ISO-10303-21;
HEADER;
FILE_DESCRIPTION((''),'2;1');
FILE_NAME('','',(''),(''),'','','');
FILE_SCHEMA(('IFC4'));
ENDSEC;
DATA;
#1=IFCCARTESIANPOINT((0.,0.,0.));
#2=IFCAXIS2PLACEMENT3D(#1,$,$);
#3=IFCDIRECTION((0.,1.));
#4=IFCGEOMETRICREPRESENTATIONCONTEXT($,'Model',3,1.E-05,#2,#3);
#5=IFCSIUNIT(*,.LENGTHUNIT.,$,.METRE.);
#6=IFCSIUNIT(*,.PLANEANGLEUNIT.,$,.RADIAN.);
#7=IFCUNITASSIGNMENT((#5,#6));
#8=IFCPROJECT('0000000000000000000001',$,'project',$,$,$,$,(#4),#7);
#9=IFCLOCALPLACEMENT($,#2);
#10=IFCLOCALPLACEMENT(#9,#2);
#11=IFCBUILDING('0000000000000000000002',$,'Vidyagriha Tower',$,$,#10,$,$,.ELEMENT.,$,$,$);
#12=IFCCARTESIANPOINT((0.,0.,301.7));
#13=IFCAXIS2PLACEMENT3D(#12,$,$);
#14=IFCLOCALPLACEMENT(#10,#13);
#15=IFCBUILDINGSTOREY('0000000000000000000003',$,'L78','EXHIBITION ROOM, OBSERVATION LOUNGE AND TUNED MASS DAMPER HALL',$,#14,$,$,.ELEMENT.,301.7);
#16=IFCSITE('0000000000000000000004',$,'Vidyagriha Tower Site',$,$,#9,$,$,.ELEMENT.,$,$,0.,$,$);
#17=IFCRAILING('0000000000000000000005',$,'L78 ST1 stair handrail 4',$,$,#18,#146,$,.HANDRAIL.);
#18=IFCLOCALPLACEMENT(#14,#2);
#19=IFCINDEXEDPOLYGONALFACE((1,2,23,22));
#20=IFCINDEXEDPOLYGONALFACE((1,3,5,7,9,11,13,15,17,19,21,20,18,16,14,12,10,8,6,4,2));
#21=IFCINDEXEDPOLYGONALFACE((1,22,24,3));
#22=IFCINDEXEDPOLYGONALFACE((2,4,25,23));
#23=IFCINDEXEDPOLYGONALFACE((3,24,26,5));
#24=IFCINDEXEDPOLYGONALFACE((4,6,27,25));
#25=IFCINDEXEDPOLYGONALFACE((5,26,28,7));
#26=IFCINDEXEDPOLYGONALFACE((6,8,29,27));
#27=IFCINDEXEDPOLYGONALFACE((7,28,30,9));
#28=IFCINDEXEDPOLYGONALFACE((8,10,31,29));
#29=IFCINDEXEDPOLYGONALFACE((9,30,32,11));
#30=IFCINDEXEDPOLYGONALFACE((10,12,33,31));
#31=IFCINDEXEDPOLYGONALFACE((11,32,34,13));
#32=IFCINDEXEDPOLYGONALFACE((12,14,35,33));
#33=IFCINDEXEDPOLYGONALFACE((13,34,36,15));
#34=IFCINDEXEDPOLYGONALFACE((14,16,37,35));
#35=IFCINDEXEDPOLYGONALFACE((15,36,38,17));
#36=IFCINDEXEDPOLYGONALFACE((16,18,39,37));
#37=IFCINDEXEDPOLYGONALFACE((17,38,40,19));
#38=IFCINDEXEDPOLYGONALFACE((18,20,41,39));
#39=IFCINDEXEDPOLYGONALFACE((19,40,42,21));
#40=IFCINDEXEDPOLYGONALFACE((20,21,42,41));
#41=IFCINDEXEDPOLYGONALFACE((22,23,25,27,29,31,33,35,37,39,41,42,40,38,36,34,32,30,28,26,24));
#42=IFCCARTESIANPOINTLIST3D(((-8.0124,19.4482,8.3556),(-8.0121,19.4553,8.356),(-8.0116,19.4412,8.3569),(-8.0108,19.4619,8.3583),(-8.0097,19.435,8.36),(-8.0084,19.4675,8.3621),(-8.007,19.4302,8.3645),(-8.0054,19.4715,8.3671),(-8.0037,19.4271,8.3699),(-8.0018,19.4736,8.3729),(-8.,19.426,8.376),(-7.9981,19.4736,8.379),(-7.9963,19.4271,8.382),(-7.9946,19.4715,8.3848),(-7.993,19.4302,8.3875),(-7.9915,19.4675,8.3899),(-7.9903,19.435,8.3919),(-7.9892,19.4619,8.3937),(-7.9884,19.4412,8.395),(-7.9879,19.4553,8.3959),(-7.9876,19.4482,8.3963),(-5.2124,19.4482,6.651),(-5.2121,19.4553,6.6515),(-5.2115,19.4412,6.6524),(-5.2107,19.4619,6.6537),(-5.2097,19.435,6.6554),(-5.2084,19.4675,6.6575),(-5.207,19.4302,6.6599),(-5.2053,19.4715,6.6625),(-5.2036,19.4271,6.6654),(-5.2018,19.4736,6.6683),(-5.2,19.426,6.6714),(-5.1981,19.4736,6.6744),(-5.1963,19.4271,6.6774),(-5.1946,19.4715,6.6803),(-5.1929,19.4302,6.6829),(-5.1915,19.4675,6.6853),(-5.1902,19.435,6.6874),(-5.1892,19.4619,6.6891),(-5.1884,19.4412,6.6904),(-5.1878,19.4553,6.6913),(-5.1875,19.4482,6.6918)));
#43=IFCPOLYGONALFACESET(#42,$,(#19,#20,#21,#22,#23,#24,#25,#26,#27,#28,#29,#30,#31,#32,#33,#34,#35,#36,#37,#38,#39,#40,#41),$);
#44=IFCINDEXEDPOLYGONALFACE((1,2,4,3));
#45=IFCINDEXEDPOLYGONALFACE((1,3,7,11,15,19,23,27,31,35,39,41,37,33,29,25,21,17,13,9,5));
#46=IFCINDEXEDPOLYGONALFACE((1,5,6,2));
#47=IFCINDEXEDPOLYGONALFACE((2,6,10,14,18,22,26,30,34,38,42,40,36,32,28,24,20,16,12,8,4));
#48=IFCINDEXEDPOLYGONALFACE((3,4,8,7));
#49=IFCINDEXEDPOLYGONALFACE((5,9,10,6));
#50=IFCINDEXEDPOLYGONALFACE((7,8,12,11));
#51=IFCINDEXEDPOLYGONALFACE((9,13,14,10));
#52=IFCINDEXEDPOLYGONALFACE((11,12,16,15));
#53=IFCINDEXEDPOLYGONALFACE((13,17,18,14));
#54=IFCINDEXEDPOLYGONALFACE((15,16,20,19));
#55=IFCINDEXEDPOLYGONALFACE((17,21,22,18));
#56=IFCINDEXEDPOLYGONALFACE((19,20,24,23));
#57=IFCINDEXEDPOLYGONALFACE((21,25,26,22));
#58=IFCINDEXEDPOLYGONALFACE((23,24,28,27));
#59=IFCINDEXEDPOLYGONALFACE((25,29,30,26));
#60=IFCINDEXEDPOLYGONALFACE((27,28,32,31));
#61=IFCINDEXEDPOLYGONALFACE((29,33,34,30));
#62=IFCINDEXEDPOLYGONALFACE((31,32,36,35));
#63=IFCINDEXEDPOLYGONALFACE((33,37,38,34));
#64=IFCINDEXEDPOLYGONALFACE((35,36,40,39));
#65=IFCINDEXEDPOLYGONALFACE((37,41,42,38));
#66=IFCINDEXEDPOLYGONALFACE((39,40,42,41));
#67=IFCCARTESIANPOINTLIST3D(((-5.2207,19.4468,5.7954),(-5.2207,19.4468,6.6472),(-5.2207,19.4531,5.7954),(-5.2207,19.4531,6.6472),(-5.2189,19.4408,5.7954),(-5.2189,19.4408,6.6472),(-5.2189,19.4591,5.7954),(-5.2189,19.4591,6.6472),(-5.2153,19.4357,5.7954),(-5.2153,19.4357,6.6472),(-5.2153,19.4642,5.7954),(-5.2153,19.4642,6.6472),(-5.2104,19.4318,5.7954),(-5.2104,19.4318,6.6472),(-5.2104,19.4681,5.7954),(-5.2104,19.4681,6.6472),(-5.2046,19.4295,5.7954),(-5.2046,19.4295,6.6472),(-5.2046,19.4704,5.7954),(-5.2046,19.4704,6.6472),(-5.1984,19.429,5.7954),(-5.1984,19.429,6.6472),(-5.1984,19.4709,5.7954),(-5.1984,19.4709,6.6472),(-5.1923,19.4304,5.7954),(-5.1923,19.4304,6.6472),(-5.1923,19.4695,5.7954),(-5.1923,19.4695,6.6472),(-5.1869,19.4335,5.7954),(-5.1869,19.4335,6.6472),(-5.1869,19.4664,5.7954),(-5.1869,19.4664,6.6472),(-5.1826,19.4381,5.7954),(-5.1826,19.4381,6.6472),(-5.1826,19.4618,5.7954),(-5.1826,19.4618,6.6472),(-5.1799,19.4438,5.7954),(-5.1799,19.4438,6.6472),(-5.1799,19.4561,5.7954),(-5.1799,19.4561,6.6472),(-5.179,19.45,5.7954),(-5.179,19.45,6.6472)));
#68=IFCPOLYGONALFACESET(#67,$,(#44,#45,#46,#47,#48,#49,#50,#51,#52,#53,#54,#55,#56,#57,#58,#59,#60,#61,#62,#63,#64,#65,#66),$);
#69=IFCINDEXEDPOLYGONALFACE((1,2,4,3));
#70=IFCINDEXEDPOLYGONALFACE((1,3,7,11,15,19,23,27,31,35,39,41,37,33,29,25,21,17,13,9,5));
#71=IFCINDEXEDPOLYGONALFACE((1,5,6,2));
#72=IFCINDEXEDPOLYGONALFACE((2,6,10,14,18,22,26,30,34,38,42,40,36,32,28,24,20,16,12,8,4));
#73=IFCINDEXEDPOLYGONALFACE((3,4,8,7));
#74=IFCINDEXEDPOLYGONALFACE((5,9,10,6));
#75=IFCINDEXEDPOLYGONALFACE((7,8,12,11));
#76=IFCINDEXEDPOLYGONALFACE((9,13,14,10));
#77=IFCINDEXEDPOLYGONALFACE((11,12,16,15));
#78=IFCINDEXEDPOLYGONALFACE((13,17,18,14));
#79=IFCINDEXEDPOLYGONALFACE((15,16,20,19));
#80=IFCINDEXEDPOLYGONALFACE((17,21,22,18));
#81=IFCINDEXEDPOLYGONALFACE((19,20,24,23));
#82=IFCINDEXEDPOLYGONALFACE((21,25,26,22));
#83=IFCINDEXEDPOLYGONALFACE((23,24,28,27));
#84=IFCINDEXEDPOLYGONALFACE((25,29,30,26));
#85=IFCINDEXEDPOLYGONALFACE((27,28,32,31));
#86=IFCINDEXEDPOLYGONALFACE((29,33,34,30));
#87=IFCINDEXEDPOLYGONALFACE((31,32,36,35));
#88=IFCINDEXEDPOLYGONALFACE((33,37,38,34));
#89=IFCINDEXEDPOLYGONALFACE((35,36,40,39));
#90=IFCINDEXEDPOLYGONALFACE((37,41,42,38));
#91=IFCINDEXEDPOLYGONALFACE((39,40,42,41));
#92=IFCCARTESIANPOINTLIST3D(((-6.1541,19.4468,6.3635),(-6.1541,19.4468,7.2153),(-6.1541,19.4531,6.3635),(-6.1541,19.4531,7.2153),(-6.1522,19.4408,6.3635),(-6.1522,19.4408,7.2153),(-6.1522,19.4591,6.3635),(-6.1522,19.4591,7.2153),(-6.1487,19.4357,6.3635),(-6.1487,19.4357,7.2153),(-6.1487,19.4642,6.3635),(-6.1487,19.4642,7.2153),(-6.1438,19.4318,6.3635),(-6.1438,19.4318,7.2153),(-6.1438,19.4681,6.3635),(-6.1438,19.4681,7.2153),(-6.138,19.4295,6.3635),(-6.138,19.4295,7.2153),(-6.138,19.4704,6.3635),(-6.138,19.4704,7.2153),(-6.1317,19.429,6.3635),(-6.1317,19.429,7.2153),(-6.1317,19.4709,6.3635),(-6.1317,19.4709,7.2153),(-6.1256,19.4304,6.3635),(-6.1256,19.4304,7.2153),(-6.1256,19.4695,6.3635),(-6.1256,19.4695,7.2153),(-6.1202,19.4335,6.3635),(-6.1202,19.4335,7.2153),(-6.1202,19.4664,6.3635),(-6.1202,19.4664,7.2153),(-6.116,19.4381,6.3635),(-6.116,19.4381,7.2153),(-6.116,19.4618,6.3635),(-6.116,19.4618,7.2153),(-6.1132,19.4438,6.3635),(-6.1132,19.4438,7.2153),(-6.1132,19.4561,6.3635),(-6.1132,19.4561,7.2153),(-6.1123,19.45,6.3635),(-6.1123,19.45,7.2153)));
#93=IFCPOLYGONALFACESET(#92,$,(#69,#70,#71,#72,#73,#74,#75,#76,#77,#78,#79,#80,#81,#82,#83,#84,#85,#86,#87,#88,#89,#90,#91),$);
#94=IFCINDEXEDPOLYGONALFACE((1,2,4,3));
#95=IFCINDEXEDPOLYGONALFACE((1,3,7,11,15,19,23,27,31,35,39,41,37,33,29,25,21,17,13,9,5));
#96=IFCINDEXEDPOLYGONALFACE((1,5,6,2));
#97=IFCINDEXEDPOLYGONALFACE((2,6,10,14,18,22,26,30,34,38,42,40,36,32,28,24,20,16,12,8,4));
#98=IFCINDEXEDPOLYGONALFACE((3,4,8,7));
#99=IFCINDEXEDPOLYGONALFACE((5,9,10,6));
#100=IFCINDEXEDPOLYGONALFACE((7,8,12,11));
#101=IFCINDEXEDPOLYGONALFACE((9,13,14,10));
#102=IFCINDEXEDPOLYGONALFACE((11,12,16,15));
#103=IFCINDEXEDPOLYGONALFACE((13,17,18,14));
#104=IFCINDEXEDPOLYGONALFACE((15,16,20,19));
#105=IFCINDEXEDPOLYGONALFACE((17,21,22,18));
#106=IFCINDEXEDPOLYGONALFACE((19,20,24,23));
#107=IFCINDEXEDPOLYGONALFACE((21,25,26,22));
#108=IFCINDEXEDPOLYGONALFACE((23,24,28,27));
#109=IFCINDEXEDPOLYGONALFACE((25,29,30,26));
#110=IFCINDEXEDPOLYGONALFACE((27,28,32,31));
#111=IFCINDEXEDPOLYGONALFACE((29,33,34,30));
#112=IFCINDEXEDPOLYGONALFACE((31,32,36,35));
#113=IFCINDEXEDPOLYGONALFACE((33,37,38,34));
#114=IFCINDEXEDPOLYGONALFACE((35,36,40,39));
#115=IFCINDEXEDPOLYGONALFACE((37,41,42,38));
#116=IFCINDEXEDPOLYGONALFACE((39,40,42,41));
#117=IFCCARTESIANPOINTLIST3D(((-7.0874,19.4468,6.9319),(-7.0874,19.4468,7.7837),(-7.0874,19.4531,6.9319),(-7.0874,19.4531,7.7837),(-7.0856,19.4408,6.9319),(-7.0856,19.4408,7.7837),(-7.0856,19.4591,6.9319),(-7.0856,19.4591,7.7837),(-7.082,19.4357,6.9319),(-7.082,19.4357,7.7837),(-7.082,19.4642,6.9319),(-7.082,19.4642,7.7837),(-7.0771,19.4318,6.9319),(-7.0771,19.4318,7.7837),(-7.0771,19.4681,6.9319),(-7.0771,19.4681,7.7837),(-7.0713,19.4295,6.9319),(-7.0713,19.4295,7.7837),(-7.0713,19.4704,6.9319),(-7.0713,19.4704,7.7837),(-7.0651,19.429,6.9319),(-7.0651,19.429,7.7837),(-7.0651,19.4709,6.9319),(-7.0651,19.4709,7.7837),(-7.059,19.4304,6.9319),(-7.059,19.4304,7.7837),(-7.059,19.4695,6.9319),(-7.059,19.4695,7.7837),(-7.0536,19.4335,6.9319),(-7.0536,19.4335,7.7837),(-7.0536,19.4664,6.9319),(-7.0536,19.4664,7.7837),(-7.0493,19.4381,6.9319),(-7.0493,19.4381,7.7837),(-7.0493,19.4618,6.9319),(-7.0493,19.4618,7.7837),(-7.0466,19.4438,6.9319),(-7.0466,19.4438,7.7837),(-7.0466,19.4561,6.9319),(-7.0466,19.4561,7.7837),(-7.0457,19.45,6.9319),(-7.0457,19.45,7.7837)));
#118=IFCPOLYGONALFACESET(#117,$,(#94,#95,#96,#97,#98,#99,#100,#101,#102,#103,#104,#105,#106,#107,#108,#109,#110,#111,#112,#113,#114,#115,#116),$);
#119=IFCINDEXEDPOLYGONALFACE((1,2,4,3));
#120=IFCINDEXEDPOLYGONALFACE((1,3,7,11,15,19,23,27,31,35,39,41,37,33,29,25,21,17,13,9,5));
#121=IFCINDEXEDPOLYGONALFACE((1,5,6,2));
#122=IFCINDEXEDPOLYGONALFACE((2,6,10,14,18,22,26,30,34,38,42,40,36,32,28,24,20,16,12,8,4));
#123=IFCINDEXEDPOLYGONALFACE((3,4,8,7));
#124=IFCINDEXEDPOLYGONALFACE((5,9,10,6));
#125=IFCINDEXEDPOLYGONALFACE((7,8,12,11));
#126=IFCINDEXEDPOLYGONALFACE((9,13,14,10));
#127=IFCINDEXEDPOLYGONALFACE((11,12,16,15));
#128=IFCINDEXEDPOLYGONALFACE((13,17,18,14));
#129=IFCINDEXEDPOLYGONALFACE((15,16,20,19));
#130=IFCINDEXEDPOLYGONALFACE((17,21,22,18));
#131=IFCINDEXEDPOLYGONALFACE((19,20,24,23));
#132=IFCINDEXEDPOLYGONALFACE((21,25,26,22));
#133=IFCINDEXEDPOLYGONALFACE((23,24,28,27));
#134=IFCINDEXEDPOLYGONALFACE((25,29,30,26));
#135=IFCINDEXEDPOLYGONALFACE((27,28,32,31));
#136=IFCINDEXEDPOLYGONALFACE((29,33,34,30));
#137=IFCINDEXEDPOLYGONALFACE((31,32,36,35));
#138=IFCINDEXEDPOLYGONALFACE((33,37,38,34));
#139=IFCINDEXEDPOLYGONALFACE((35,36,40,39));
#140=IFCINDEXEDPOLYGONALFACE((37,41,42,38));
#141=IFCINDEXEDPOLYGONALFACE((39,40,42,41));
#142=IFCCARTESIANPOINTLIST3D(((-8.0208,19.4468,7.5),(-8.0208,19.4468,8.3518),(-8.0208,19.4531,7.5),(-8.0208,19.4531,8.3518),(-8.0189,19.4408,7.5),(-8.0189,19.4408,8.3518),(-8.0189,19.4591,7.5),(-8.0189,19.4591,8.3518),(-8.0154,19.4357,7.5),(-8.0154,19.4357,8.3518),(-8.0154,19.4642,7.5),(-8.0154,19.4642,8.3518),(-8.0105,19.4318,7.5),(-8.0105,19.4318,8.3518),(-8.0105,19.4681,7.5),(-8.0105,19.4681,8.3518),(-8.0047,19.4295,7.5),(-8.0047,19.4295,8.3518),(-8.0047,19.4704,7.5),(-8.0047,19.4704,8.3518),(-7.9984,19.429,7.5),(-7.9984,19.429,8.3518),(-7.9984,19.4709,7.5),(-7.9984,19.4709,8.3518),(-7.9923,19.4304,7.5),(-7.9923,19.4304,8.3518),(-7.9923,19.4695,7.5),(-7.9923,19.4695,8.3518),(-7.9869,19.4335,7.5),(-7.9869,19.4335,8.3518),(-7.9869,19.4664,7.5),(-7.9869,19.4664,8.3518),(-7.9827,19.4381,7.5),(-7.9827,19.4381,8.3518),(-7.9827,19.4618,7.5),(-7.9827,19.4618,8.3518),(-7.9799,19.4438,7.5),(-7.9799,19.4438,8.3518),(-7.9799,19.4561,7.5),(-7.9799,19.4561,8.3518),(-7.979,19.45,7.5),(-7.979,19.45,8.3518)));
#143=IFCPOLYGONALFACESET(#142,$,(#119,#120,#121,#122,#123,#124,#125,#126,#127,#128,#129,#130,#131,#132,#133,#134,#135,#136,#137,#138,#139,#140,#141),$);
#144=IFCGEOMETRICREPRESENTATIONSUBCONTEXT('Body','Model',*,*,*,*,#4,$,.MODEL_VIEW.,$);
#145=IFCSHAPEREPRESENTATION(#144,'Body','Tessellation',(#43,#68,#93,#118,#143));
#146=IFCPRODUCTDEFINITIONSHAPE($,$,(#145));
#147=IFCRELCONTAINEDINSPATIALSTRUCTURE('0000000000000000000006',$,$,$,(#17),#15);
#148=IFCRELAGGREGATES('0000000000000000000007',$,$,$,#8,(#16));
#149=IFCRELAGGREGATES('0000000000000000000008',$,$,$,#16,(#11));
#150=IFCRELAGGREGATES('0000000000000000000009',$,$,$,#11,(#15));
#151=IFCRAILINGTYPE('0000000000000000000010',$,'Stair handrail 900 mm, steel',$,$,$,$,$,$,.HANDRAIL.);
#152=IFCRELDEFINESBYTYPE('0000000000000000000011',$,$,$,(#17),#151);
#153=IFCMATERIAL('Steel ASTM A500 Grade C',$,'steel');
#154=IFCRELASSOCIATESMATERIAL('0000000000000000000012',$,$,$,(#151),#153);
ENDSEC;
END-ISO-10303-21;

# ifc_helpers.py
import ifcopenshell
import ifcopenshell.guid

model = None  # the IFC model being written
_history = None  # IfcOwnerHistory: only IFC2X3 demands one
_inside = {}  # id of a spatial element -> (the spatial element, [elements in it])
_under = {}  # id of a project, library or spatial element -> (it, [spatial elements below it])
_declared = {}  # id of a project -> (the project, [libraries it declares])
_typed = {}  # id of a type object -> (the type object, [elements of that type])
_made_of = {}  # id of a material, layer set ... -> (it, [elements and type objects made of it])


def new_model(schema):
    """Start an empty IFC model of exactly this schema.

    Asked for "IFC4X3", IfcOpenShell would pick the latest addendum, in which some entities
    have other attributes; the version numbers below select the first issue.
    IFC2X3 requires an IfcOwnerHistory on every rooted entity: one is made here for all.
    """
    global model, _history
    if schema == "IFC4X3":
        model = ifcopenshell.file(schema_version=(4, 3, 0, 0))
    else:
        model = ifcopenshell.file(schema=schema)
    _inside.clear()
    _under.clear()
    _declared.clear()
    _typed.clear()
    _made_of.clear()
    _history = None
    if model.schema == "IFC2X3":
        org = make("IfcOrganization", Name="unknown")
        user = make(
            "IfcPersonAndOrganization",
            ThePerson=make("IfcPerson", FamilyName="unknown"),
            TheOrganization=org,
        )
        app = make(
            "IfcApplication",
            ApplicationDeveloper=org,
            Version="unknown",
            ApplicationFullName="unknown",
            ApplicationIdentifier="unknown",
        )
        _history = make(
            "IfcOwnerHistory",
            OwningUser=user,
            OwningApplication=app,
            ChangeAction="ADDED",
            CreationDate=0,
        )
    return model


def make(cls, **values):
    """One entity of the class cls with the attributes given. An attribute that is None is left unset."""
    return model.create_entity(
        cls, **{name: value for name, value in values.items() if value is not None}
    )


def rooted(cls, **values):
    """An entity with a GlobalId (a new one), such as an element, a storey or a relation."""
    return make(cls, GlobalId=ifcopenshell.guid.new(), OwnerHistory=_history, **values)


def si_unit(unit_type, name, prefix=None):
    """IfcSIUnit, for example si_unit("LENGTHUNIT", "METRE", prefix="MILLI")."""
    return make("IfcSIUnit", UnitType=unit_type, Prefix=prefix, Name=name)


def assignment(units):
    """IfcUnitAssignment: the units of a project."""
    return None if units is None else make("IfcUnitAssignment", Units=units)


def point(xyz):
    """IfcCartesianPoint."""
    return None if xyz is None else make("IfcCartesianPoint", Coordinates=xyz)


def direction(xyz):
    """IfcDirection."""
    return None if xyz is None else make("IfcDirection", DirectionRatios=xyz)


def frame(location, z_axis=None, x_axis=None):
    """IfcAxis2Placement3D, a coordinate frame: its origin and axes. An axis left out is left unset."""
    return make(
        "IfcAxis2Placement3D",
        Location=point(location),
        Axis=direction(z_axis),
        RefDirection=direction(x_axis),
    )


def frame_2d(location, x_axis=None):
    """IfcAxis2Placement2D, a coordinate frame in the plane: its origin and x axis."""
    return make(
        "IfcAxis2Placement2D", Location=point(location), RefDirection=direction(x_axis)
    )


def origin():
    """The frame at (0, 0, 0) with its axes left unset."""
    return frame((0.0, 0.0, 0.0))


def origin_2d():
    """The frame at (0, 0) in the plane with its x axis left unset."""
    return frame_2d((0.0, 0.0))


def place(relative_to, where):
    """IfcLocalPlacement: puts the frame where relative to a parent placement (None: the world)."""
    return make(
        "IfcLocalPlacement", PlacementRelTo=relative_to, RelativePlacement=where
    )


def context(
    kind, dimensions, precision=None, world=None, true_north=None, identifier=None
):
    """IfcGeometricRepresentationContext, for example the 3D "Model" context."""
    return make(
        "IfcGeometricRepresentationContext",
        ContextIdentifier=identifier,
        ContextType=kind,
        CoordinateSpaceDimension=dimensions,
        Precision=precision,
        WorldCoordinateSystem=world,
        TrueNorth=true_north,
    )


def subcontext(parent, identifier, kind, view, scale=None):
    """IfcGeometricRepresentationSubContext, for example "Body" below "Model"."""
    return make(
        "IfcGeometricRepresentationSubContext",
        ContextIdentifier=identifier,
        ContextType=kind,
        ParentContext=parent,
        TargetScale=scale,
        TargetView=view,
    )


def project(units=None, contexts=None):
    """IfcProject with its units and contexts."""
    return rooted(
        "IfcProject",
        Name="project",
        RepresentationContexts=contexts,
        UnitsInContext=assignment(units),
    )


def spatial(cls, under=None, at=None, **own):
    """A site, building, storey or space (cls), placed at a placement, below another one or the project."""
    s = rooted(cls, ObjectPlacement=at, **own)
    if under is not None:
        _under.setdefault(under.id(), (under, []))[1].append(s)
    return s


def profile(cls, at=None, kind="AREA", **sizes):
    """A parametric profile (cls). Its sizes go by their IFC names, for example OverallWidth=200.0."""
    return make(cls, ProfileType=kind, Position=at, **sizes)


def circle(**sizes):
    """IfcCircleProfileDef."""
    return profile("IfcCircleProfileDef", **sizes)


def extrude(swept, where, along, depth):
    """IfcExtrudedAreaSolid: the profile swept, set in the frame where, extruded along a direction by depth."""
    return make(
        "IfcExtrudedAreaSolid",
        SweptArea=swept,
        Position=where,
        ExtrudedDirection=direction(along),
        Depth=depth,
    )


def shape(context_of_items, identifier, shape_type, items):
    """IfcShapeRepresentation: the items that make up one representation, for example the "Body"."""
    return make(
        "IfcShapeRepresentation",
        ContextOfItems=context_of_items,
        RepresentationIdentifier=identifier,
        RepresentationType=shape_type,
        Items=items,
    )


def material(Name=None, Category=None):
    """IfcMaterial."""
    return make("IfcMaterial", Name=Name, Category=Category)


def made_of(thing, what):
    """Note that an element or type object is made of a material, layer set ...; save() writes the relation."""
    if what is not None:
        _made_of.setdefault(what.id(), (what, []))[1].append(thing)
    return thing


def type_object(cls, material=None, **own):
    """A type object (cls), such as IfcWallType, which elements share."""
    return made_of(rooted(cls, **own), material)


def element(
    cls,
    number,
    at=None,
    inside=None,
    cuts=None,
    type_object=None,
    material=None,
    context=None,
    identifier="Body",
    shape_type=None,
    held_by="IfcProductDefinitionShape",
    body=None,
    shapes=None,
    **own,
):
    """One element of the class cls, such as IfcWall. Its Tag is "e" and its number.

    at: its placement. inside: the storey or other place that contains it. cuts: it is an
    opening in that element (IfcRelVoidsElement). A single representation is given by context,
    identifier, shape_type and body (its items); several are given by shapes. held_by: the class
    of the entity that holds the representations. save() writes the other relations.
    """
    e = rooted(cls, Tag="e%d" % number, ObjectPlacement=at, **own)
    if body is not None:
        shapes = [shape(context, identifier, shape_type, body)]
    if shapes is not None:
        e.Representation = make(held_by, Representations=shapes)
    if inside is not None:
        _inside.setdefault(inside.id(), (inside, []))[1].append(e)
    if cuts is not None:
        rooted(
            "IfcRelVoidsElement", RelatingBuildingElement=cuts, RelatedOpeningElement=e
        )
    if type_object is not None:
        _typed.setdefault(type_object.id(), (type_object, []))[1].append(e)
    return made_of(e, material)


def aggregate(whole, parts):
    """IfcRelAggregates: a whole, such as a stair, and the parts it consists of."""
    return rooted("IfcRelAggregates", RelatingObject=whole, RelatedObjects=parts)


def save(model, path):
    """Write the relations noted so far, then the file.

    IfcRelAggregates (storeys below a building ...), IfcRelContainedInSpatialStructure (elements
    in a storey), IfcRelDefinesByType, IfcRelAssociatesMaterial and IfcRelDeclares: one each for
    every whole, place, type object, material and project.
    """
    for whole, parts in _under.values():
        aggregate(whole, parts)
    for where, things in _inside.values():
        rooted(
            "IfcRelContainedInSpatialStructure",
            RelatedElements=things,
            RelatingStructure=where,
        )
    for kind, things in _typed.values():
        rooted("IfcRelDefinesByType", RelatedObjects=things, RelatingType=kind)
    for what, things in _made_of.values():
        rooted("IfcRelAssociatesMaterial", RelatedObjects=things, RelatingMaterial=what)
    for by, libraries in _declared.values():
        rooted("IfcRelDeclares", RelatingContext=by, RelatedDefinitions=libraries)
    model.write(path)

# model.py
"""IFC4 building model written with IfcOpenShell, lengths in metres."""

from ifc_helpers import new_model, si_unit, direction, frame, origin, origin_2d, place, context, subcontext, project, spatial, circle, extrude, material, type_object, element, save


model = new_model("IFC4")

# Units and contexts
model_context = context("Model", 3, precision=1e-05, world=origin(), true_north=direction((0.0, 1.0)))
body_context = subcontext(model_context, "Body", "Model", "MODEL_VIEW")
ifc_project = project(units=[si_unit("LENGTHUNIT", "METRE"), si_unit("PLANEANGLEUNIT", "RADIAN")], contexts=[model_context])

# Site, building, storey
site_placement = place(None, origin())
site = spatial("IfcSite", under=ifc_project, at=site_placement, Name="Vidyagriha Tower Site", CompositionType="ELEMENT", RefElevation=0.0)
building_placement = place(site_placement, origin())
building = spatial("IfcBuilding", under=site, at=building_placement, Name="Vidyagriha Tower", CompositionType="ELEMENT")
storey_placement = place(building_placement, frame((0.0, 0.0, 301.7)))
storey = spatial("IfcBuildingStorey", under=building, at=storey_placement, Name="L78", Description="EXHIBITION ROOM, OBSERVATION LOUNGE AND TUNED MASS DAMPER HALL", CompositionType="ELEMENT", Elevation=301.7)

# Railing
ifc_material_1 = material(Name="Steel ASTM A500 Grade C", Category="steel")
railing_type_1 = type_object("IfcRailingType", Name="Stair handrail 900 mm, steel", PredefinedType="HANDRAIL", material=ifc_material_1)
for number, where, name in (
    (1, (-5.2, 19.45, 5.7954), "L78 ST1 stair handrail 4"),
):
    element("IfcRailing", number, at=place(storey_placement, frame(where)), inside=storey, type_object=railing_type_1, Name=name, PredefinedType="HANDRAIL", context=body_context, shape_type="SweptSolid", body=[
        extrude(circle(Radius=0.0239, at=origin_2d()), frame((0.0, 0.0, 0.876), z_axis=(-0.85417, 0.0, 0.519994), x_axis=(0.0, -1.0, 0.0)), (0.0, 0.0, 1.0), 3.2781),
        extrude(circle(Radius=0.021, at=origin_2d()), origin(), (0.0, 0.0, 1.0), 0.8518),
        extrude(circle(Radius=0.021, at=origin_2d()), frame((-0.9333, 0.0, 0.5681)), (0.0, 0.0, 1.0), 0.8518),
        extrude(circle(Radius=0.021, at=origin_2d()), frame((-1.8667, 0.0, 1.1365)), (0.0, 0.0, 1.0), 0.8518),
        extrude(circle(Radius=0.021, at=origin_2d()), frame((-2.8, 0.0, 1.7046)), (0.0, 0.0, 1.0), 0.8518),
    ])

save(model, "model.ifc")
